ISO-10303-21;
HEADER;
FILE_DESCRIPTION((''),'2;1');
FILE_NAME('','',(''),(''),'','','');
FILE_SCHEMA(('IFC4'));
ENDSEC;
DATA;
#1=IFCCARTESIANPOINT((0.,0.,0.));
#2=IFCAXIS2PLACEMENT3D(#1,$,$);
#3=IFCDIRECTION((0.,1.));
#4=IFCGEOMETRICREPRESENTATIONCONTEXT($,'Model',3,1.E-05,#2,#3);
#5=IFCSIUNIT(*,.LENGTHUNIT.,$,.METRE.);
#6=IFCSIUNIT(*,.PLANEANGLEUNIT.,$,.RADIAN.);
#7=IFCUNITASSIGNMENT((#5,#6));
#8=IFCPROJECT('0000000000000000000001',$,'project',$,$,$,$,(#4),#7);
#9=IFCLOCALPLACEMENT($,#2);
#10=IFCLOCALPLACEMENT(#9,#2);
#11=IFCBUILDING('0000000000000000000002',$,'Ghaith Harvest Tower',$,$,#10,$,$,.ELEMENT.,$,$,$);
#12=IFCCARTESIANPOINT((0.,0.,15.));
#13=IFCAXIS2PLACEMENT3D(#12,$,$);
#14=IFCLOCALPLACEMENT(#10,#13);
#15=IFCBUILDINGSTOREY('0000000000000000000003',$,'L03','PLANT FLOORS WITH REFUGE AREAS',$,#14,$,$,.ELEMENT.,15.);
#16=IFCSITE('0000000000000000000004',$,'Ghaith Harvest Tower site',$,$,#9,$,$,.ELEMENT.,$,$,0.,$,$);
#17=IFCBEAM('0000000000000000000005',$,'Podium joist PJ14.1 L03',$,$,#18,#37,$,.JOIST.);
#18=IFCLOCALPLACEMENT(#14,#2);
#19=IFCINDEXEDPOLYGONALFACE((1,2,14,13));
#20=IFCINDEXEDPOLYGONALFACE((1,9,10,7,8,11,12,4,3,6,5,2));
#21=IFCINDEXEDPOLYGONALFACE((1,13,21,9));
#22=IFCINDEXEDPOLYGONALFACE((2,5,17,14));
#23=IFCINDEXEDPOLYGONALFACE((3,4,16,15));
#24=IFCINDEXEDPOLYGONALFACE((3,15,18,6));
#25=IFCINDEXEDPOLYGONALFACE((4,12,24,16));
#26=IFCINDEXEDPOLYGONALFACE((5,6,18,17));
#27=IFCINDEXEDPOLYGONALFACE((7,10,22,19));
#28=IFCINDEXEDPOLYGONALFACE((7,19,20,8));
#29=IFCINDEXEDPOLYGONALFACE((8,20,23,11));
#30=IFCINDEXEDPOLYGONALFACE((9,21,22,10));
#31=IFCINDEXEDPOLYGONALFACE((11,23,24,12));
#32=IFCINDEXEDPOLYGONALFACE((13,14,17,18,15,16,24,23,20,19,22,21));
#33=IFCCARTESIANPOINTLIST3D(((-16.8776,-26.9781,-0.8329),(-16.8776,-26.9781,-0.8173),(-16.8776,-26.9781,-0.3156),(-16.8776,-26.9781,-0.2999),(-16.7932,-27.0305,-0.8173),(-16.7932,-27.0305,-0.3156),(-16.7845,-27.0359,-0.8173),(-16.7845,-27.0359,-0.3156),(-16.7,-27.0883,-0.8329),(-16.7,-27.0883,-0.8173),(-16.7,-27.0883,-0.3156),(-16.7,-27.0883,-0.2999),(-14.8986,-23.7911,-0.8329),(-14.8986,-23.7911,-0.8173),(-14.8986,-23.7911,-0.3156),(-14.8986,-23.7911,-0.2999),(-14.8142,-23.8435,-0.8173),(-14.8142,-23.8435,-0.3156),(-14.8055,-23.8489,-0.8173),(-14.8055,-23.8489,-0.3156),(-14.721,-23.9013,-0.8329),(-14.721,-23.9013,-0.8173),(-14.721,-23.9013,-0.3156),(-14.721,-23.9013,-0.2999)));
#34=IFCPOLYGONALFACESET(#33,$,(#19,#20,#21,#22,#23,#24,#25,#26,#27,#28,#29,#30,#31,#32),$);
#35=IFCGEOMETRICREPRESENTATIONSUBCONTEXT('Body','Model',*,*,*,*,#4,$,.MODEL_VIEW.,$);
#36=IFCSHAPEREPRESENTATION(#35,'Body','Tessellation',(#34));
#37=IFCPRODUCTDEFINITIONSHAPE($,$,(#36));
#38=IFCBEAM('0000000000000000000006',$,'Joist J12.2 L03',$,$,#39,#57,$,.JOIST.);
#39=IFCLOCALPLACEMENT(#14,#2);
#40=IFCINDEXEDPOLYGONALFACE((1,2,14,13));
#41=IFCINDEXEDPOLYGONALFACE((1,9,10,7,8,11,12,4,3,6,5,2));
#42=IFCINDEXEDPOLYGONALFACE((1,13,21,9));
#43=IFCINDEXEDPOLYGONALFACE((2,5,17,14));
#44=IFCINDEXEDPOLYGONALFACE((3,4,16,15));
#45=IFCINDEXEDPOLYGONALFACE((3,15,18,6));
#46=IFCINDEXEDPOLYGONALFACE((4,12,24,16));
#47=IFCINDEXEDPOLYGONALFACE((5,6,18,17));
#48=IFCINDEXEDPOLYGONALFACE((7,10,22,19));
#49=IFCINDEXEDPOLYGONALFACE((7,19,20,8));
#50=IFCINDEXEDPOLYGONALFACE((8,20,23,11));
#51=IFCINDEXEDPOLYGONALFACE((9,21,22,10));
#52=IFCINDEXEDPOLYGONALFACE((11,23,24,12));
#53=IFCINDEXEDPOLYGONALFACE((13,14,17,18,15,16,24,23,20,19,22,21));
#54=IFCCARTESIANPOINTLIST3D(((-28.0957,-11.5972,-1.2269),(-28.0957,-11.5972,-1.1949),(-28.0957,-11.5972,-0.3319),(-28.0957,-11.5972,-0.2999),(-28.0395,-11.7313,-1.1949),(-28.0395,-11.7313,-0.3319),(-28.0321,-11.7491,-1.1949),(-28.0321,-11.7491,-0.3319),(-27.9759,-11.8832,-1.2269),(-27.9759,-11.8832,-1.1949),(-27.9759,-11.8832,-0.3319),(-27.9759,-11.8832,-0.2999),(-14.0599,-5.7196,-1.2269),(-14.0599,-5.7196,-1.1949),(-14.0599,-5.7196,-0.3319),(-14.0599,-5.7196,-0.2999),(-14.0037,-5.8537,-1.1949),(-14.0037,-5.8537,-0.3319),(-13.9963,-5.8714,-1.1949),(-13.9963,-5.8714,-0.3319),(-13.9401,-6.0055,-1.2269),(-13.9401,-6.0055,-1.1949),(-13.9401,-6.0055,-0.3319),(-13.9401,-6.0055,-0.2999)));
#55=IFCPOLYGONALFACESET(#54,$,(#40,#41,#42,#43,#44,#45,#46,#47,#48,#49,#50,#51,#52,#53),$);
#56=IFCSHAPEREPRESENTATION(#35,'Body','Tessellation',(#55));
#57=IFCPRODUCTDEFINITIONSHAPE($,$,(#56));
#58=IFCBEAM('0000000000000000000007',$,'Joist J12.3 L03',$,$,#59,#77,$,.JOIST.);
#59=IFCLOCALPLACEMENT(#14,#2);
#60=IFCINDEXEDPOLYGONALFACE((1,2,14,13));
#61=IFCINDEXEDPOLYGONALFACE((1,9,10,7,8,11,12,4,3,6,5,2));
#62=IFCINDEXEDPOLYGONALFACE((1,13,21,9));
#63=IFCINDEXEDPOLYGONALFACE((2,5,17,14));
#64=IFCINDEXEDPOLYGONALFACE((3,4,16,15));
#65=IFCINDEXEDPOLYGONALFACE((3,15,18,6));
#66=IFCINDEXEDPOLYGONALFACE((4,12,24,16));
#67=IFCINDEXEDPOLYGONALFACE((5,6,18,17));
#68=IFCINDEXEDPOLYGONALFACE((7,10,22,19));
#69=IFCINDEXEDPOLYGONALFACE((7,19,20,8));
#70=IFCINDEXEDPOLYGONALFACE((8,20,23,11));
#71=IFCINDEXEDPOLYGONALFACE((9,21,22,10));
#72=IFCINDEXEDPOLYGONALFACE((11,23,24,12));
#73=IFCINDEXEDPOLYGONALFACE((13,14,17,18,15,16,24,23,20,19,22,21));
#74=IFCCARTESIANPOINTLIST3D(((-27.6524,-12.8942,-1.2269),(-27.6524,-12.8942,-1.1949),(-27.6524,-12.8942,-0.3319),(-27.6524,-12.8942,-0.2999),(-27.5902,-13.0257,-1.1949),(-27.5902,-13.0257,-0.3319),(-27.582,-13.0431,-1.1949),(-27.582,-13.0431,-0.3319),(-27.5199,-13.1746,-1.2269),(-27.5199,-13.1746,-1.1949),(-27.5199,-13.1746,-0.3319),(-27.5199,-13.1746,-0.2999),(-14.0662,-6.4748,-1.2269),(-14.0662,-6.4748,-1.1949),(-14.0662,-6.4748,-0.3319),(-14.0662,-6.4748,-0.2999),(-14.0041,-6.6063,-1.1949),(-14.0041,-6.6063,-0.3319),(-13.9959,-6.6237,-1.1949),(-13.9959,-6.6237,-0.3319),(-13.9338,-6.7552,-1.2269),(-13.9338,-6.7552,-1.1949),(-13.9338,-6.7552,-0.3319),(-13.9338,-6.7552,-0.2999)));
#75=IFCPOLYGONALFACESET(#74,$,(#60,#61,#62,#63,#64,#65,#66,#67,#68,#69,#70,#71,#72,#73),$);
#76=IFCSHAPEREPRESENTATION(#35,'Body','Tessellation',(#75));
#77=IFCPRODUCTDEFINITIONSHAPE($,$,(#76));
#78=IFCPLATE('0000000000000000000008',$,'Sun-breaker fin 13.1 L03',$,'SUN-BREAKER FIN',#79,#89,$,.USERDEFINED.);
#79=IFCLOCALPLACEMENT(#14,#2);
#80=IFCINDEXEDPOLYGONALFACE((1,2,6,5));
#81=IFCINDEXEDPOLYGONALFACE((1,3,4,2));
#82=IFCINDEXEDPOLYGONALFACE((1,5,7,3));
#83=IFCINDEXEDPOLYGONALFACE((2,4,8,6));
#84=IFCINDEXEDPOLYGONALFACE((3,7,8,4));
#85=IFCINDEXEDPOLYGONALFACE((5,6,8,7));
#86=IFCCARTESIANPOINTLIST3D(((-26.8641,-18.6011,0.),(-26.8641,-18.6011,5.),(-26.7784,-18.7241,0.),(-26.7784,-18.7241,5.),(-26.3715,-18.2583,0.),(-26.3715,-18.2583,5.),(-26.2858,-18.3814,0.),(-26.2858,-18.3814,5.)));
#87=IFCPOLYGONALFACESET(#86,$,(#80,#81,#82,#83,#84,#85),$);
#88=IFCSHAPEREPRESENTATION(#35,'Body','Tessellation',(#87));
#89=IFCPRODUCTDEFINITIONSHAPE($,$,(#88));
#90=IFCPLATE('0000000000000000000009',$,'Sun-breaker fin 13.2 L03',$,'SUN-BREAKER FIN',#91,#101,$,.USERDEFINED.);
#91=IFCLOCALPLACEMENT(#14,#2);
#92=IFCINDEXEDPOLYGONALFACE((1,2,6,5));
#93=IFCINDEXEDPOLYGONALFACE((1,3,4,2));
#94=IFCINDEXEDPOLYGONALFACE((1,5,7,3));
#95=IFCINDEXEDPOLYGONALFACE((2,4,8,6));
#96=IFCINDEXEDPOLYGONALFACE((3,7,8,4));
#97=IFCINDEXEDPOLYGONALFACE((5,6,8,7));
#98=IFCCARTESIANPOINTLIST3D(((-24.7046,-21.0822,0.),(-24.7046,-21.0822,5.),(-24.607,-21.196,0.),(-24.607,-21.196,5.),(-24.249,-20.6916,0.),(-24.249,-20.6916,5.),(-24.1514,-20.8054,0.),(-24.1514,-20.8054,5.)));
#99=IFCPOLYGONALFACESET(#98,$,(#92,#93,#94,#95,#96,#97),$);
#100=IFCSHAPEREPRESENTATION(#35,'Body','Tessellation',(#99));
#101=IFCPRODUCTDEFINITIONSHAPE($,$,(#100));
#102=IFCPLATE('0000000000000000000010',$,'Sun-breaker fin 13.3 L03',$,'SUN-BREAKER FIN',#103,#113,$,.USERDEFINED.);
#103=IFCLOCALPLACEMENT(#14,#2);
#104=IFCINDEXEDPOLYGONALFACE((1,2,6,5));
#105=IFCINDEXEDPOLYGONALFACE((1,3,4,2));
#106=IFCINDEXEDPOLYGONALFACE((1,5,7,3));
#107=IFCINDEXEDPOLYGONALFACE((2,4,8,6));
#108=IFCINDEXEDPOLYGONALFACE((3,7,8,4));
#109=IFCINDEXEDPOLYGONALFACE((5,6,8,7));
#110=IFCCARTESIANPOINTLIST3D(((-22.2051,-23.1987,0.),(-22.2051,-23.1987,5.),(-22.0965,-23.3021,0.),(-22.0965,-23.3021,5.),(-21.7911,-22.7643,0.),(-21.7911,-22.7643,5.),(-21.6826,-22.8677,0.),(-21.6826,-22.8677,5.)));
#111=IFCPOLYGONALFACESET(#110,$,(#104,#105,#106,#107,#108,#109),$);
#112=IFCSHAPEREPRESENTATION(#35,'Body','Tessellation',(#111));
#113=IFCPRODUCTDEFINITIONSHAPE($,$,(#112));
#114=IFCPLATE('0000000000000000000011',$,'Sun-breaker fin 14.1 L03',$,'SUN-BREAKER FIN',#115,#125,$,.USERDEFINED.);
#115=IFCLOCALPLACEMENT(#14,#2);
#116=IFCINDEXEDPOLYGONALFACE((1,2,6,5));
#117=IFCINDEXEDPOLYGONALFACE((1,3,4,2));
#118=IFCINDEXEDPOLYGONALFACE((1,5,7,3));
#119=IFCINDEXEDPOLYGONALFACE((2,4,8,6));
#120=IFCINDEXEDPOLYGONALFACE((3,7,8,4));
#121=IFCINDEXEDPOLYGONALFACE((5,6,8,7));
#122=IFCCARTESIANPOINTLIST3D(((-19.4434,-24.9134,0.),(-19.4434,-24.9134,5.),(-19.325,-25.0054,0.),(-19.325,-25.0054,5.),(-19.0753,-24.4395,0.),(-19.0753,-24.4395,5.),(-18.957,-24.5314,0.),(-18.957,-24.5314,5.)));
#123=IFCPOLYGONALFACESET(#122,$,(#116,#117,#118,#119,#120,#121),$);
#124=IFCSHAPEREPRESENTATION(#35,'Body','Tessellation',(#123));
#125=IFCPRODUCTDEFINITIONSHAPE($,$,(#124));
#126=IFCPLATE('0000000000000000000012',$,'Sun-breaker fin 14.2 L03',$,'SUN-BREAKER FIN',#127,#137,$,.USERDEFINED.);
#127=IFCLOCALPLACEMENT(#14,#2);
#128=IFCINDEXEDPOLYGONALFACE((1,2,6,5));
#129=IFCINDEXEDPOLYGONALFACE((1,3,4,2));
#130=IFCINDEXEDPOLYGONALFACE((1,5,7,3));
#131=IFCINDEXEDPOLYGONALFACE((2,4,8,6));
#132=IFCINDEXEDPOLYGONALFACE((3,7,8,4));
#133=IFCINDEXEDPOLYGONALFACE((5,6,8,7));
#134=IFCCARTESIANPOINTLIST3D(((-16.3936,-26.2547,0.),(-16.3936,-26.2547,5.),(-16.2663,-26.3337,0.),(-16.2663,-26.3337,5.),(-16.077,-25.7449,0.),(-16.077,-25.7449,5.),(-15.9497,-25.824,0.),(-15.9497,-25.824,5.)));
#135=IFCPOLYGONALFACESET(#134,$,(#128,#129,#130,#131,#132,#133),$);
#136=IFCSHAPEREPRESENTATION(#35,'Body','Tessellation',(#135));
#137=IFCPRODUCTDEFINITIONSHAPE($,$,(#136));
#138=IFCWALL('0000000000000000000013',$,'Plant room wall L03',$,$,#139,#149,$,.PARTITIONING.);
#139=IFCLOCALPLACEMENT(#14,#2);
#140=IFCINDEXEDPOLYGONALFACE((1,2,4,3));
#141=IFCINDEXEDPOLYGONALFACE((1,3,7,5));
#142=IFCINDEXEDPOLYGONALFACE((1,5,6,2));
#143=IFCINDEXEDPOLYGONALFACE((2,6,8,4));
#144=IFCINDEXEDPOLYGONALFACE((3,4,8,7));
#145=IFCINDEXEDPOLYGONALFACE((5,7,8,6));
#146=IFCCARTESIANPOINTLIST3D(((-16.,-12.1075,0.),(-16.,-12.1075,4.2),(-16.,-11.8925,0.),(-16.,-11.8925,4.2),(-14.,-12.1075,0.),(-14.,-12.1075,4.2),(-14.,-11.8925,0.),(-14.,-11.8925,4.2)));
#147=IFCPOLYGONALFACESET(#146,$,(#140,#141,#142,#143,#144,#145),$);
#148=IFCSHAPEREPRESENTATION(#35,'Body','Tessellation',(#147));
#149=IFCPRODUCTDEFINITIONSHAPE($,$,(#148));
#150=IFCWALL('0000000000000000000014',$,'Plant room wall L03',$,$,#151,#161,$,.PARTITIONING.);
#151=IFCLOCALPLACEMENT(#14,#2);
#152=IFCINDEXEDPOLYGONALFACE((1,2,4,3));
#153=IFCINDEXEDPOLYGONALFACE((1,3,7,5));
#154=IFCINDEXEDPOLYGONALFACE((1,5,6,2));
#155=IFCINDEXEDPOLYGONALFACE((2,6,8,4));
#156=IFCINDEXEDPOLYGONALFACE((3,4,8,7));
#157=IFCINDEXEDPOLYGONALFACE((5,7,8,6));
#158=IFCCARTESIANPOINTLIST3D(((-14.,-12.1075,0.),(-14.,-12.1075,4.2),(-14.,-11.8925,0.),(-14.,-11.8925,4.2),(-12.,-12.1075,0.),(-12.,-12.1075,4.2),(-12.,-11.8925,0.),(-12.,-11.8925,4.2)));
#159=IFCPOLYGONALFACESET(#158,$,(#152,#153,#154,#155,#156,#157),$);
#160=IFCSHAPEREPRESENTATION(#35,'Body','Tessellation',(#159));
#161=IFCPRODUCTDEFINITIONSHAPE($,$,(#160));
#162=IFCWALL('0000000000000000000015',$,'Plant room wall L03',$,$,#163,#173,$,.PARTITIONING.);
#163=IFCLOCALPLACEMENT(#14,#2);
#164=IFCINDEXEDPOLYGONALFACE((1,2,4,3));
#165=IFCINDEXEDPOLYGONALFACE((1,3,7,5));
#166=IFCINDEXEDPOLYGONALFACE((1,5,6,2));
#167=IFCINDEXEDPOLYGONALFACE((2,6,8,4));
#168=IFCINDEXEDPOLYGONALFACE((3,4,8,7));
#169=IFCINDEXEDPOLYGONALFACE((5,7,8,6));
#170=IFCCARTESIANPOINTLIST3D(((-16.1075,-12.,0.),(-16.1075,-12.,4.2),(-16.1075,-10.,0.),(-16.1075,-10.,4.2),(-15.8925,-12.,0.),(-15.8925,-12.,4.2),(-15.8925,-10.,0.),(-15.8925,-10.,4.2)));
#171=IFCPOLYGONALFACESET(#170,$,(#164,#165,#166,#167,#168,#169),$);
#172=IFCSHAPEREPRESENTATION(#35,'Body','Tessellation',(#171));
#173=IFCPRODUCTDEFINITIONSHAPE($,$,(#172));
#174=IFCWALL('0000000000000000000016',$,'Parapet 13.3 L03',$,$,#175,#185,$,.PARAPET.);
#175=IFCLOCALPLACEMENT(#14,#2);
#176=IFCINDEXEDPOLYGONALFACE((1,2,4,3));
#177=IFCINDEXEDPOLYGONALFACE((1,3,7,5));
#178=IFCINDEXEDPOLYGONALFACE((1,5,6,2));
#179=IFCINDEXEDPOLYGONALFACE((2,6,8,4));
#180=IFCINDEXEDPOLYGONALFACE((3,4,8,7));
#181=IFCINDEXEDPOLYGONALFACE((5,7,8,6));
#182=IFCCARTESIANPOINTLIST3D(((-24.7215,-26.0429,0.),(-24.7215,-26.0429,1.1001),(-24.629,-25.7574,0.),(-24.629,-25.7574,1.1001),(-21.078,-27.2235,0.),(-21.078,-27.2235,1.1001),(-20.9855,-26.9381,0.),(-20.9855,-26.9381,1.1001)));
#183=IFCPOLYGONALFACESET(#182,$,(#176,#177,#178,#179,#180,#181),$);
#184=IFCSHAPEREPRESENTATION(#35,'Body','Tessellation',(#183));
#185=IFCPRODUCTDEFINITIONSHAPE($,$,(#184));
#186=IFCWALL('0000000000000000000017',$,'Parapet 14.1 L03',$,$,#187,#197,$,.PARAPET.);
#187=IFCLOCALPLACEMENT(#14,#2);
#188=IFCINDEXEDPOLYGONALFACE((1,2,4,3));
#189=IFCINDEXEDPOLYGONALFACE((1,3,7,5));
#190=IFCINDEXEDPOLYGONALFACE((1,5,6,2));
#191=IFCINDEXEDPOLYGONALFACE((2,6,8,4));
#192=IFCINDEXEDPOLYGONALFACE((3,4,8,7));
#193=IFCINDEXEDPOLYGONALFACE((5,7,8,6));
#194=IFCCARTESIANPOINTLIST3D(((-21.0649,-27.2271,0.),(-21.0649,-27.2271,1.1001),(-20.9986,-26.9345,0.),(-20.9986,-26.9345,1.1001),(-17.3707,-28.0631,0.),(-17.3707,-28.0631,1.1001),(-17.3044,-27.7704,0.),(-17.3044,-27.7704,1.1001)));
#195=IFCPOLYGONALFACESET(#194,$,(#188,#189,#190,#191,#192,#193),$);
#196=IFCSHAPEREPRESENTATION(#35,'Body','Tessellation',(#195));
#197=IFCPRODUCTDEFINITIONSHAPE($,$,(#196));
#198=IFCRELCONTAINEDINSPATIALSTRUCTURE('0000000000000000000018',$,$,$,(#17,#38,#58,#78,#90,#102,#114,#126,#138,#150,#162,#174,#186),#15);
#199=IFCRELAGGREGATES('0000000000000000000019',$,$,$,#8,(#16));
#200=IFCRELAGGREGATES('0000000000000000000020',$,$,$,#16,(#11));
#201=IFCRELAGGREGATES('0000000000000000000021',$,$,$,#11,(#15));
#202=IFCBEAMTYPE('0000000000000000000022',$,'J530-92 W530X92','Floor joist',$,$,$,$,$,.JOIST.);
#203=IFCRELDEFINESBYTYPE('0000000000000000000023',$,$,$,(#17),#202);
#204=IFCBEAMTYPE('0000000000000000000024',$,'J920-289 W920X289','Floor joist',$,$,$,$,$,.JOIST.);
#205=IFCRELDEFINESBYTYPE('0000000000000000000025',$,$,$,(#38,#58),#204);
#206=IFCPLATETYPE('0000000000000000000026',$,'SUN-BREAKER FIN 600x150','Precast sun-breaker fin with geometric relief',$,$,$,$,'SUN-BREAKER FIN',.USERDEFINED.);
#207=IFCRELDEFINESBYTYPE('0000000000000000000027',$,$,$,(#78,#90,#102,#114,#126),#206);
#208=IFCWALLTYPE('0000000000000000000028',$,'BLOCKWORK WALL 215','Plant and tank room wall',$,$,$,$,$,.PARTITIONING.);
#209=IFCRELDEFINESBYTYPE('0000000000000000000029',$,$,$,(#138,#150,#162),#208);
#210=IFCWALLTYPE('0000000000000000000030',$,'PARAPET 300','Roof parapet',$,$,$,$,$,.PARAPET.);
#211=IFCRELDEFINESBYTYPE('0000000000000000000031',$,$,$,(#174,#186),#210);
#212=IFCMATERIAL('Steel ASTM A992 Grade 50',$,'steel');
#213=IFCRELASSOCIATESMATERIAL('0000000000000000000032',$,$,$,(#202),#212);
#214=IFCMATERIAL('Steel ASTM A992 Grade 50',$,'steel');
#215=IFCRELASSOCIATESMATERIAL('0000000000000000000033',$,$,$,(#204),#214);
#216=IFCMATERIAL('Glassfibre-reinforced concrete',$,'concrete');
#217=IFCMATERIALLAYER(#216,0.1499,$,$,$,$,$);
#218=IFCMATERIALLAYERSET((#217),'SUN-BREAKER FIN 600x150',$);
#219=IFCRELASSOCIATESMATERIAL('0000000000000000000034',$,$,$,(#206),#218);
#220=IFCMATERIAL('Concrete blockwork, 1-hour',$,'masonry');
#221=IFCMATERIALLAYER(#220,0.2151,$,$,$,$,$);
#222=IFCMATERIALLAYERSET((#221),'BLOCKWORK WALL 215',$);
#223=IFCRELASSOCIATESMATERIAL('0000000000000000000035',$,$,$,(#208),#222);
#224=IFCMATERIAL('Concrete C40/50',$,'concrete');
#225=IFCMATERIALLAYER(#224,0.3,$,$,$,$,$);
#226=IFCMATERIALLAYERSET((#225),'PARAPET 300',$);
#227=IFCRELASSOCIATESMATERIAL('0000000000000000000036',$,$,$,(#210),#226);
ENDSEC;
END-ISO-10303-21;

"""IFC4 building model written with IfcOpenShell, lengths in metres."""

from ifc_helpers import new_model, si_unit, direction, frame, frame_2d, origin, origin_2d, place, context, subcontext, project, spatial, rectangle, i_section, extrude, material, layer, layer_set, material_profile, profile_set, type_object, element, save


model = new_model("IFC4")

# Units and contexts
model_context = context("Model", 3, precision=1e-05, world=origin(), true_north=direction((0.0, 1.0)))
body_context = subcontext(model_context, "Body", "Model", "MODEL_VIEW")
ifc_project = project(units=[si_unit("LENGTHUNIT", "METRE"), si_unit("PLANEANGLEUNIT", "RADIAN")], contexts=[model_context])

# Site, building, storey
site_placement = place(None, origin())
site = spatial("IfcSite", under=ifc_project, at=site_placement, Name="Ghaith Harvest Tower site", CompositionType="ELEMENT", RefElevation=0.0)
building_placement = place(site_placement, origin())
building = spatial("IfcBuilding", under=site, at=building_placement, Name="Ghaith Harvest Tower", CompositionType="ELEMENT")
storey_placement = place(building_placement, frame((0.0, 0.0, 15.0)))
storey = spatial("IfcBuildingStorey", under=building, at=storey_placement, Name="L03", Description="PLANT FLOORS WITH REFUGE AREAS", CompositionType="ELEMENT", Elevation=15.0)

# Beams
ifc_material_1 = material(Name="Steel ASTM A992 Grade 50", Category="steel")
ifc_material_profile_1 = material_profile(ifc_material_1, i_section(OverallWidth=0.209, OverallDepth=0.533, WebThickness=0.0103, FlangeThickness=0.0156, at=origin_2d()), Name="W530X92")
ifc_profile_set_1 = profile_set([ifc_material_profile_1], Name="Steel ASTM A992 Grade 50")
beam_type_1 = type_object("IfcBeamType", Name="J530-92 W530X92", Description="Floor joist", PredefinedType="JOIST", material=ifc_profile_set_1)
beam_1_placement = place(storey_placement, frame((-14.8098, -23.8462, -0.5664), z_axis=(-0.527528, -0.849538, 0.0), x_axis=(0.849538, -0.527528, 0.0)))
element("IfcBeam", 1, at=beam_1_placement, inside=storey, type_object=beam_type_1, Name="Podium joist PJ14.1 L03", PredefinedType="JOIST", context=body_context, shape_type="SweptSolid", body=[
    extrude(i_section(OverallWidth=0.209, OverallDepth=0.533, WebThickness=0.0103, FlangeThickness=0.0156, at=origin_2d()), origin(), (0.0, 0.0, 1.0), 3.7515),
])
ifc_material_2 = material(Name="Steel ASTM A992 Grade 50", Category="steel")
ifc_material_profile_2 = material_profile(ifc_material_2, i_section(OverallWidth=0.3101, OverallDepth=0.927, WebThickness=0.0193, FlangeThickness=0.032, at=origin_2d()), Name="W920X289")
ifc_profile_set_2 = profile_set([ifc_material_profile_2], Name="Steel ASTM A992 Grade 50")
beam_type_2 = type_object("IfcBeamType", Name="J920-289 W920X289", Description="Floor joist", PredefinedType="JOIST", material=ifc_profile_set_2)
beam_2_placement = place(storey_placement, frame((-14.0, -5.8625, -0.7634), z_axis=(-0.92239, -0.386261, 0.0), x_axis=(0.386261, -0.92239, 0.0)))
element("IfcBeam", 2, at=beam_2_placement, inside=storey, type_object=beam_type_2, Name="Joist J12.2 L03", PredefinedType="JOIST", context=body_context, shape_type="SweptSolid", body=[
    extrude(i_section(OverallWidth=0.3101, OverallDepth=0.927, WebThickness=0.0193, FlangeThickness=0.032, at=origin_2d()), origin(), (0.0, 0.0, 1.0), 15.2168),
])
beam_3_placement = place(storey_placement, frame((-14.0, -6.615, -0.7634), z_axis=(-0.904153, -0.42721, 0.0), x_axis=(0.42721, -0.904153, 0.0)))
element("IfcBeam", 3, at=beam_3_placement, inside=storey, type_object=beam_type_2, Name="Joist J12.3 L03", PredefinedType="JOIST", context=body_context, shape_type="SweptSolid", body=[
    extrude(i_section(OverallWidth=0.3101, OverallDepth=0.927, WebThickness=0.0193, FlangeThickness=0.032, at=origin_2d()), origin(), (0.0, 0.0, 1.0), 15.0264),
])

# Plates
ifc_material_3 = material(Name="Glassfibre-reinforced concrete", Category="concrete")
ifc_layer_1 = layer(ifc_material_3, 0.1499)
ifc_layer_set_1 = layer_set([ifc_layer_1], Name="SUN-BREAKER FIN 600x150")
plate_type = type_object("IfcPlateType", Name="SUN-BREAKER FIN 600x150", Description="Precast sun-breaker fin with geometric relief", ElementType="SUN-BREAKER FIN", PredefinedType="USERDEFINED", material=ifc_layer_set_1)
for number, where, z_axis, x_axis, name in (
    (4, (-26.575, -18.4912, 0.0), (0.0, 0.0, 1.0), (-0.820845, -0.57115, 0.0), "Sun-breaker fin 13.1 L03"),
    (5, (-24.428, -20.9438, 0.0), (0.0, 0.0, 1.0), (-0.75917, -0.650893, 0.0), "Sun-breaker fin 13.2 L03"),
    (6, (-21.9438, -23.0332, 0.0), (0.0, 0.0, 1.0), (-0.689779, -0.72402, 0.0), "Sun-breaker fin 13.3 L03"),
    (7, (-19.2002, -24.7224, 0.0), (0.0, 0.0, 1.0), (-0.613378, -0.78979, 0.0), "Sun-breaker fin 14.1 L03"),
    (8, (-16.1716, -26.0393, 0.0), (0.0, 0.0, 1.0), (-0.527583, -0.849504, 0.0), "Sun-breaker fin 14.2 L03"),
):
    element("IfcPlate", number, at=place(storey_placement, frame(where, z_axis=z_axis, x_axis=x_axis)), inside=storey, type_object=plate_type, Name=name, ObjectType="SUN-BREAKER FIN", PredefinedType="USERDEFINED", context=body_context, shape_type="SweptSolid", body=[
        extrude(rectangle(XDim=0.6001, YDim=0.1499, at=origin_2d()), origin(), (0.0, 0.0, 1.0), 5.0),
    ])

# Walls
ifc_material_4 = material(Name="Concrete blockwork, 1-hour", Category="masonry")
ifc_layer_2 = layer(ifc_material_4, 0.2151)
ifc_layer_set_2 = layer_set([ifc_layer_2], Name="BLOCKWORK WALL 215")
wall_type_1 = type_object("IfcWallType", Name="BLOCKWORK WALL 215", Description="Plant and tank room wall", PredefinedType="PARTITIONING", material=ifc_layer_set_2)
for number, where, z_axis, x_axis, name in (
    (9, (-16.0, -12.0, 0.0), (0.0, 0.0, 1.0), (1.0, 0.0, 0.0), "Plant room wall L03"),
    (10, (-14.0, -12.0, 0.0), (0.0, 0.0, 1.0), (1.0, 0.0, 0.0), "Plant room wall L03"),
    (11, (-16.0, -10.0, 0.0), (0.0, 0.0, 1.0), (0.0, -1.0, 0.0), "Plant room wall L03"),
):
    element("IfcWall", number, at=place(storey_placement, frame(where, z_axis=z_axis, x_axis=x_axis)), inside=storey, type_object=wall_type_1, Name=name, PredefinedType="PARTITIONING", context=body_context, shape_type="SweptSolid", body=[
        extrude(rectangle(XDim=2.0, YDim=0.2151, at=frame_2d((1.0, 0.0))), origin(), (0.0, 0.0, 1.0), 4.2),
    ])

# Walls
ifc_material_5 = material(Name="Concrete C40/50", Category="concrete")
ifc_layer_3 = layer(ifc_material_5, 0.3)
ifc_layer_set_3 = layer_set([ifc_layer_3], Name="PARAPET 300")
wall_type_2 = type_object("IfcWallType", Name="PARAPET 300", Description="Roof parapet", PredefinedType="PARAPET", material=ifc_layer_set_3)
wall_1_placement = place(storey_placement, frame((-24.6753, -25.9001, 0.0), z_axis=(0.0, 0.0, 1.0), x_axis=(0.951302, -0.308262, 0.0)))
element("IfcWall", 12, at=wall_1_placement, inside=storey, type_object=wall_type_2, Name="Parapet 13.3 L03", PredefinedType="PARAPET", context=body_context, shape_type="SweptSolid", body=[
    extrude(rectangle(XDim=3.8301, YDim=0.3, at=frame_2d((1.915, 0.0))), origin(), (0.0, 0.0, 1.0), 1.1001),
])
wall_2_placement = place(storey_placement, frame((-21.0317, -27.0808, 0.0), z_axis=(0.0, 0.0, 1.0), x_axis=(0.975339, -0.22071, 0.0)))
element("IfcWall", 13, at=wall_2_placement, inside=storey, type_object=wall_type_2, Name="Parapet 14.1 L03", PredefinedType="PARAPET", context=body_context, shape_type="SweptSolid", body=[
    extrude(rectangle(XDim=3.7876, YDim=0.3, at=frame_2d((1.8938, 0.0))), origin(), (0.0, 0.0, 1.0), 1.1001),
])

save(model, "model.ifc")
